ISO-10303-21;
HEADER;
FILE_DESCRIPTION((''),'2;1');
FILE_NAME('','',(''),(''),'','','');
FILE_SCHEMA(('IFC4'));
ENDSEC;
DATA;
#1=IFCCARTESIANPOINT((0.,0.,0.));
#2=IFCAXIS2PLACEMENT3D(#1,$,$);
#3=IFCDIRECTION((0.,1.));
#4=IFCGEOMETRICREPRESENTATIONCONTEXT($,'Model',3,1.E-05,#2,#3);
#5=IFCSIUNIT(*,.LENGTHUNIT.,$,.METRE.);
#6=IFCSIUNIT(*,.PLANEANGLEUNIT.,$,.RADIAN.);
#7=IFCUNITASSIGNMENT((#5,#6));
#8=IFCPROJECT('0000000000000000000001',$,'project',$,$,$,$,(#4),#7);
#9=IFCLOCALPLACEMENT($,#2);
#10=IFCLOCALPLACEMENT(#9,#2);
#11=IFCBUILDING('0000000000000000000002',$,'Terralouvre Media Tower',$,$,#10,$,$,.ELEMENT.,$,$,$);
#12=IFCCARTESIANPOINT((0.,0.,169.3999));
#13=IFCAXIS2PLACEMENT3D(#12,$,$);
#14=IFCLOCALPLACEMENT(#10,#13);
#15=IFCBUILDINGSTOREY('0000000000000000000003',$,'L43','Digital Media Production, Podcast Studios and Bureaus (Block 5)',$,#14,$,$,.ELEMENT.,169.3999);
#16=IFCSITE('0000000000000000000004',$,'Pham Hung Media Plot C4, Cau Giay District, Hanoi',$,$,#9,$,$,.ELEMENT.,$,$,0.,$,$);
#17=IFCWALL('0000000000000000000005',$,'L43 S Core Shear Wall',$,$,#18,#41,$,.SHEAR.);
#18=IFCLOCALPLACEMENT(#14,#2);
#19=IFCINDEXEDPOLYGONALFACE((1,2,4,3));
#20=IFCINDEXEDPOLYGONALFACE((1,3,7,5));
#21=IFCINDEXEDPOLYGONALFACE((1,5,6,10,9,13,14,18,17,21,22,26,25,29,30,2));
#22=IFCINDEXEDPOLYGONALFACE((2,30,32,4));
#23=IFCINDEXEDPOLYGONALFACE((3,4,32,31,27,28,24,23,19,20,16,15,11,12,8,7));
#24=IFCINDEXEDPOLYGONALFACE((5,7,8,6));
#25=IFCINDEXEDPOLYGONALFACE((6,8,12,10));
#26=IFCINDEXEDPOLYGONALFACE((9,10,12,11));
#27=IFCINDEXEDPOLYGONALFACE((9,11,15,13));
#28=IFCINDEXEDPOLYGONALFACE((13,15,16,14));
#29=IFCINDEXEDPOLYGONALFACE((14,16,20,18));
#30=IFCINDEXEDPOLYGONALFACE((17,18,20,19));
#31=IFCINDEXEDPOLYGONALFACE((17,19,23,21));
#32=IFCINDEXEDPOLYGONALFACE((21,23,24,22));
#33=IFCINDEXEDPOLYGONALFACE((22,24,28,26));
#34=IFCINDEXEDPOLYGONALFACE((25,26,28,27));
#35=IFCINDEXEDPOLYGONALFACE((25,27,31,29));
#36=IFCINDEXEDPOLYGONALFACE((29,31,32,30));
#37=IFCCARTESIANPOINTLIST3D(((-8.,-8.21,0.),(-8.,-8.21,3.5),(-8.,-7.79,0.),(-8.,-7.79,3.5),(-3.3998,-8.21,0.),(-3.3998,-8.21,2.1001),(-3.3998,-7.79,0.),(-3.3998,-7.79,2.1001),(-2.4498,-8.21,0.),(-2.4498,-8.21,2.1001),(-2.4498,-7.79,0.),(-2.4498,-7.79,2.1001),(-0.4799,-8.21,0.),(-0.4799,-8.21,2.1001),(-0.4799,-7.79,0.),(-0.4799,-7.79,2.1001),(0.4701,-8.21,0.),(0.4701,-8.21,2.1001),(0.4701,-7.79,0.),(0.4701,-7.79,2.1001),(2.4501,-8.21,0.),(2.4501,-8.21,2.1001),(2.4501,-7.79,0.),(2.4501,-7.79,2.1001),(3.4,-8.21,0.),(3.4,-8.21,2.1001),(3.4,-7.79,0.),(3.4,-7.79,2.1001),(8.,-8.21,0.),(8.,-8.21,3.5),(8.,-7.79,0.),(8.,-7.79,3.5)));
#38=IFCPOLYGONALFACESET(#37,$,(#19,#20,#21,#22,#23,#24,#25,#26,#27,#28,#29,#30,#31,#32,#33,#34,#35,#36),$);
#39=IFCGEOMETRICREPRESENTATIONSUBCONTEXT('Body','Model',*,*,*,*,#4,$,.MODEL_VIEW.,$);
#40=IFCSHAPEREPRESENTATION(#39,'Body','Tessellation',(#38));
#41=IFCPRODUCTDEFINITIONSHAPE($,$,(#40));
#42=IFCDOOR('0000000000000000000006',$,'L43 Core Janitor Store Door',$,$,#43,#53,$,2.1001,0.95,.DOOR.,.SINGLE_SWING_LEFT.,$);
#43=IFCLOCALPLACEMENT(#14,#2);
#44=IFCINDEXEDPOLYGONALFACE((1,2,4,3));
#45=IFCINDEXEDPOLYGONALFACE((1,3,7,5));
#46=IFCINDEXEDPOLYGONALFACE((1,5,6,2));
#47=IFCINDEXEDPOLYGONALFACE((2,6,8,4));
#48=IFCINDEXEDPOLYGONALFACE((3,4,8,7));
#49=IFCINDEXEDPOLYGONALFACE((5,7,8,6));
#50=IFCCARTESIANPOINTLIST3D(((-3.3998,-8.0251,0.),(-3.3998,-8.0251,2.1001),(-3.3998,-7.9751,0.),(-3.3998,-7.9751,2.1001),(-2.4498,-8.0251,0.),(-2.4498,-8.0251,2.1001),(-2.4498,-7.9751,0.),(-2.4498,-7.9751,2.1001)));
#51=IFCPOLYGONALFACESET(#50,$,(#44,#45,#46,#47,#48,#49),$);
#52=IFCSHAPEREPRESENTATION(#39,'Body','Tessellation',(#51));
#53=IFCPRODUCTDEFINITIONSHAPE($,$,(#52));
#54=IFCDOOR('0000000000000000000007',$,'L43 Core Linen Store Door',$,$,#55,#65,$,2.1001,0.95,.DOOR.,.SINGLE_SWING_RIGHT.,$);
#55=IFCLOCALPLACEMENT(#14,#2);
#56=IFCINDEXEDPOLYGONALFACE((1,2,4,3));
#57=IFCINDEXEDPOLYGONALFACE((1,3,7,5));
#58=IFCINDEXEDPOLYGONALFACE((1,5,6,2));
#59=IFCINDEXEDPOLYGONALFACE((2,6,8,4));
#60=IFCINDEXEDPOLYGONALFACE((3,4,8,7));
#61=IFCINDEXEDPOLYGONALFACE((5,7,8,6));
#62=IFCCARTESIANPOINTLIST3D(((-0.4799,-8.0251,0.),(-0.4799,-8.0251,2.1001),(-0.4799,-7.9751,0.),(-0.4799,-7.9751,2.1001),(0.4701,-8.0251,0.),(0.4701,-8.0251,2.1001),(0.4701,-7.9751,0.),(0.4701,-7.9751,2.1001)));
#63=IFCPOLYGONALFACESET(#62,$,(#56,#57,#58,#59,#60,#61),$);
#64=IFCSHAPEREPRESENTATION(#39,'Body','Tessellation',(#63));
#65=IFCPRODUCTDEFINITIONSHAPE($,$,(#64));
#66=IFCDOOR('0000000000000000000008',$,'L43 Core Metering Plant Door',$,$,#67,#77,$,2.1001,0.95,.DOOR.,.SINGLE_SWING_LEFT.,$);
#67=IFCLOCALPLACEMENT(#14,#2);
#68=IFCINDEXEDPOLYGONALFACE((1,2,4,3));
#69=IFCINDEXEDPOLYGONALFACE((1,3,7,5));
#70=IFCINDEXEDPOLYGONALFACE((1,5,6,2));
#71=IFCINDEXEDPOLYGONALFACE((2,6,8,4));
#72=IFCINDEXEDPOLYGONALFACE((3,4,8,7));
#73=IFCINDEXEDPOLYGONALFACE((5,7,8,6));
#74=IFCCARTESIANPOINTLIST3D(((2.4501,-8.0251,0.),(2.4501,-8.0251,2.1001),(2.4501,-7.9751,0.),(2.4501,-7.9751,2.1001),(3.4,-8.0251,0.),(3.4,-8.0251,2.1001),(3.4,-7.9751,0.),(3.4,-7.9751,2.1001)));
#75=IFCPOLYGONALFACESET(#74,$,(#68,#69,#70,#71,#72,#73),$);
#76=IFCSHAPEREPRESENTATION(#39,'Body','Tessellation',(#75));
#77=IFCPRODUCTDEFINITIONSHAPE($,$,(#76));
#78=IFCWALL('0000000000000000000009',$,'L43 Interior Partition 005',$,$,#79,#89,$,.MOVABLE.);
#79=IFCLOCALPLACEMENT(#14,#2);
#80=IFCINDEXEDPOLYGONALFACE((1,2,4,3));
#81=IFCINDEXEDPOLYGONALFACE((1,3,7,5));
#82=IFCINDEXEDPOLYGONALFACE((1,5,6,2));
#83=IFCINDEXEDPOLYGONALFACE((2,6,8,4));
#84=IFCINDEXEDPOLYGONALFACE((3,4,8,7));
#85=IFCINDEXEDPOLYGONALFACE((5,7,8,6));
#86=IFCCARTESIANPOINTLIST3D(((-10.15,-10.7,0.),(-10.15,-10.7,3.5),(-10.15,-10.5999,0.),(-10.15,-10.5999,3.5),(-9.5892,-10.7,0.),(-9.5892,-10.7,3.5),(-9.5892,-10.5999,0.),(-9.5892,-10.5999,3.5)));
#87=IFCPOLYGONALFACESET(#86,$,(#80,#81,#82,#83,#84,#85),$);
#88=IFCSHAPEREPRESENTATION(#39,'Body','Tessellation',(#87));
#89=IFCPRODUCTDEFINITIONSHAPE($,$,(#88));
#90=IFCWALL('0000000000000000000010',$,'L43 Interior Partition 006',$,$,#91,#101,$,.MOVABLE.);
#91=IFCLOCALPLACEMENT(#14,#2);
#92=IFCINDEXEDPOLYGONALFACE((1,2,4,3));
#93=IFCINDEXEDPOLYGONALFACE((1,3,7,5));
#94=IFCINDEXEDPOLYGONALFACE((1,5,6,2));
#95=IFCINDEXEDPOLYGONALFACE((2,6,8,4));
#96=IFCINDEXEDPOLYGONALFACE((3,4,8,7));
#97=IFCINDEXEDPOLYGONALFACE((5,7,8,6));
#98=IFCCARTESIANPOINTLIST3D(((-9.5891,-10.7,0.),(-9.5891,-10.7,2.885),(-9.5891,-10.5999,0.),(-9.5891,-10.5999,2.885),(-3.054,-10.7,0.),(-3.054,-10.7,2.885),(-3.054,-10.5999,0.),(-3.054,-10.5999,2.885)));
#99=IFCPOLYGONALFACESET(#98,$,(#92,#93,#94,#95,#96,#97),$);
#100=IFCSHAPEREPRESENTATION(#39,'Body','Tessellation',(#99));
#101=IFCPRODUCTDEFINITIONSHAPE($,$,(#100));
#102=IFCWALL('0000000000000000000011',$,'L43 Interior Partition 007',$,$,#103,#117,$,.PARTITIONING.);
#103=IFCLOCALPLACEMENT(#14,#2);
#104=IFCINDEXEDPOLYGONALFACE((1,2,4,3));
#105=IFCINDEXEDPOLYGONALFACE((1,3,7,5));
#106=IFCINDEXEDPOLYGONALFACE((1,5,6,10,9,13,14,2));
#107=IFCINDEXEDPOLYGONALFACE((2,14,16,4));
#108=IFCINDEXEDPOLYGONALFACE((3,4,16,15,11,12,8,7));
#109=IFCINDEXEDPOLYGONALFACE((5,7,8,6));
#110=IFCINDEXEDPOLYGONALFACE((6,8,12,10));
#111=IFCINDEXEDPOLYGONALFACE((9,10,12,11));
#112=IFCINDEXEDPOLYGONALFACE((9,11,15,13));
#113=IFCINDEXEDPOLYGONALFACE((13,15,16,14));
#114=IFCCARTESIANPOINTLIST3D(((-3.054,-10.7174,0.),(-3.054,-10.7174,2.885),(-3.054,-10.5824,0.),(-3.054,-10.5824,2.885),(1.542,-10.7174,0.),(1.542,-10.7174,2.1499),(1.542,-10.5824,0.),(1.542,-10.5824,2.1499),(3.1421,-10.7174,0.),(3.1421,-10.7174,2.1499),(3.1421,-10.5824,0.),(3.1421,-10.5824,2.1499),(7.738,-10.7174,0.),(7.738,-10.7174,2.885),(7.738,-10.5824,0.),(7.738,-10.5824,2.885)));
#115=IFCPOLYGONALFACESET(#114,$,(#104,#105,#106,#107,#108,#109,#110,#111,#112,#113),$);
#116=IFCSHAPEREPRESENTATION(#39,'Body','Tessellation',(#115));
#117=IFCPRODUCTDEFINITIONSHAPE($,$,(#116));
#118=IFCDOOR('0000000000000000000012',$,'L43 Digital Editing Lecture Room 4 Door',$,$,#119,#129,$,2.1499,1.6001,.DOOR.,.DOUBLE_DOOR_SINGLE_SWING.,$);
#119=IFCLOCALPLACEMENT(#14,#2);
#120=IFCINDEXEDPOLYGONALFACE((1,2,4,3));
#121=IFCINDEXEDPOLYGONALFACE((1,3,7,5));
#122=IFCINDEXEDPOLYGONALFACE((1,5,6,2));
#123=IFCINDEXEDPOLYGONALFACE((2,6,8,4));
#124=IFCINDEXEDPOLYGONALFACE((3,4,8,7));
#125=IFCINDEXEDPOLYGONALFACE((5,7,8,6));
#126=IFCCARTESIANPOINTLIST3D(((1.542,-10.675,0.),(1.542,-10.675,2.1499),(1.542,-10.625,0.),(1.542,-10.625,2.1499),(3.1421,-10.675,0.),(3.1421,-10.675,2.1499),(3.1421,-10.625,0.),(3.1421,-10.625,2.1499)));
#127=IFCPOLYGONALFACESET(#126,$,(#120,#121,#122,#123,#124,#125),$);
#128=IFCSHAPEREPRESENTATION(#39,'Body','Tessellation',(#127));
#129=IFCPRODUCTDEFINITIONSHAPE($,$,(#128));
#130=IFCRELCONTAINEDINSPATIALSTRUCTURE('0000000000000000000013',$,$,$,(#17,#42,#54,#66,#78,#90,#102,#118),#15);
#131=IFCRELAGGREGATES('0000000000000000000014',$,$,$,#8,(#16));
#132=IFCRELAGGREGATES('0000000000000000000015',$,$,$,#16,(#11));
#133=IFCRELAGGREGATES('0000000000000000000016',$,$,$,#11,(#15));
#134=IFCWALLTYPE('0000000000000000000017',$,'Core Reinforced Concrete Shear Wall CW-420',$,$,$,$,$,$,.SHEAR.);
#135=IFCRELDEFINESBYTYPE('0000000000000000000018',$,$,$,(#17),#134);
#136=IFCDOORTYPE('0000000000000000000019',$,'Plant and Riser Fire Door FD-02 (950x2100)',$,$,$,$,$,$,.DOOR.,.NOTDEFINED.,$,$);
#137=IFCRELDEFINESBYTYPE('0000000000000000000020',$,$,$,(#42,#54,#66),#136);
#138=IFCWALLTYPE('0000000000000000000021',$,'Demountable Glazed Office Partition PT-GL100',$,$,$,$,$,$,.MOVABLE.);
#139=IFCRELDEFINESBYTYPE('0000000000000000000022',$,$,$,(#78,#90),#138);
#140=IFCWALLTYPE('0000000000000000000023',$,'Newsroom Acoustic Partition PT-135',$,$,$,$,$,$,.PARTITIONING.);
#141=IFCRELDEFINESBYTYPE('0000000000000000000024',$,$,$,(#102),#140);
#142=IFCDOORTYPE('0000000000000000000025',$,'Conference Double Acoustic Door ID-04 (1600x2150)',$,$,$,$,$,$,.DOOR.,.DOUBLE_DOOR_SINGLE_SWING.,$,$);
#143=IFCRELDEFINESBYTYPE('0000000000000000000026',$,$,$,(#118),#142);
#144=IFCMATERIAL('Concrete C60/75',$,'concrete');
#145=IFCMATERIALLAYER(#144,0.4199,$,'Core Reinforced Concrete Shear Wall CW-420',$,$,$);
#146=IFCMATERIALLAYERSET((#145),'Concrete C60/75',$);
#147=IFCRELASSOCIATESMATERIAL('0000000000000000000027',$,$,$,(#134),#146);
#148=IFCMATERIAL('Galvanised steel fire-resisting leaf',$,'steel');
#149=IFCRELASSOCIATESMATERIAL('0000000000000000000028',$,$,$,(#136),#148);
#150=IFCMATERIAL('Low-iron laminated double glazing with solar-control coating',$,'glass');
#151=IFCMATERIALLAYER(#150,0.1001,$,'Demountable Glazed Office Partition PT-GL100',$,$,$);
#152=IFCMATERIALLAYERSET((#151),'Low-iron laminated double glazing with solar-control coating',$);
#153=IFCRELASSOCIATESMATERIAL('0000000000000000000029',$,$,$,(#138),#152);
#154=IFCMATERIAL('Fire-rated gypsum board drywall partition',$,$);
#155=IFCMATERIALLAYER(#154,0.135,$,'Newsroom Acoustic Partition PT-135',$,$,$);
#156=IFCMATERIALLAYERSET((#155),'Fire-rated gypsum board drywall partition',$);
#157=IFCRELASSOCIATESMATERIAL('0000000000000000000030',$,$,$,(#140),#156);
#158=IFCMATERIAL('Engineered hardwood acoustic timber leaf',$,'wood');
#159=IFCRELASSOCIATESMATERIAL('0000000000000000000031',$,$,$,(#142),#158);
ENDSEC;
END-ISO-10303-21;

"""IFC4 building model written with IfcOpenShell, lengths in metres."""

from ifc_helpers import new_model, si_unit, direction, frame, frame_2d, origin, place, context, subcontext, project, spatial, rectangle, extrude, material, layer, layer_set, type_object, element, fill, save


model = new_model("IFC4")

# Units and contexts
model_context = context("Model", 3, precision=1e-05, world=origin(), true_north=direction((0.0, 1.0)))
body_context = subcontext(model_context, "Body", "Model", "MODEL_VIEW")
ifc_project = project(units=[si_unit("LENGTHUNIT", "METRE"), si_unit("PLANEANGLEUNIT", "RADIAN")], contexts=[model_context])

# Site, building, storey
site_placement = place(None, origin())
site = spatial("IfcSite", under=ifc_project, at=site_placement, Name="Pham Hung Media Plot C4, Cau Giay District, Hanoi", CompositionType="ELEMENT", RefElevation=0.0)
building_placement = place(site_placement, origin())
building = spatial("IfcBuilding", under=site, at=building_placement, Name="Terralouvre Media Tower", CompositionType="ELEMENT")
storey_placement = place(building_placement, frame((0.0, 0.0, 169.3999)))
storey = spatial("IfcBuildingStorey", under=building, at=storey_placement, Name="L43", Description="Digital Media Production, Podcast Studios and Bureaus (Block 5)", CompositionType="ELEMENT", Elevation=169.3999)

# Wall, openings, doors
ifc_material_1 = material(Name="Concrete C60/75", Category="concrete")
ifc_layer_1 = layer(ifc_material_1, 0.4199, Name="Core Reinforced Concrete Shear Wall CW-420")
ifc_layer_set_1 = layer_set([ifc_layer_1], Name="Concrete C60/75")
wall_type_1 = type_object("IfcWallType", Name="Core Reinforced Concrete Shear Wall CW-420", PredefinedType="SHEAR", material=ifc_layer_set_1)
wall_1_placement = place(storey_placement, frame((-8.0, -8.0, 0.0), z_axis=(0.0, 0.0, 1.0), x_axis=(1.0, 0.0, 0.0)))
wall_1 = element("IfcWall", 1, at=wall_1_placement, inside=storey, type_object=wall_type_1, Name="L43 S Core Shear Wall", PredefinedType="SHEAR", context=body_context, shape_type="SweptSolid", body=[
    extrude(rectangle(XDim=16.0, YDim=0.4199, at=frame_2d((8.0, 0.0))), origin(), (0.0, 0.0, 1.0), 3.5),
])
opening_1_placement = place(wall_1_placement, frame((4.6001, 0.0, 0.0)))
opening_1 = element("IfcOpeningElement", 2, at=opening_1_placement, cuts=wall_1, PredefinedType="OPENING", context=body_context, shape_type="SweptSolid", body=[
    extrude(rectangle(XDim=0.95, YDim=2.1001, at=frame_2d((0.4751, 1.05))), frame((0.0, 0.22, 0.0), z_axis=(0.0, -1.0, 0.0), x_axis=(1.0, 0.0, 0.0)), (0.0, 0.0, 1.0), 0.4399),
])
opening_2_placement = place(wall_1_placement, frame((7.52, 0.0, 0.0)))
opening_2 = element("IfcOpeningElement", 3, at=opening_2_placement, cuts=wall_1, PredefinedType="OPENING", context=body_context, shape_type="SweptSolid", body=[
    extrude(rectangle(XDim=0.95, YDim=2.1001, at=frame_2d((0.4751, 1.05))), frame((0.0, 0.22, 0.0), z_axis=(0.0, -1.0, 0.0), x_axis=(1.0, 0.0, 0.0)), (0.0, 0.0, 1.0), 0.4399),
])
opening_3_placement = place(wall_1_placement, frame((10.45, 0.0, 0.0)))
opening_3 = element("IfcOpeningElement", 4, at=opening_3_placement, cuts=wall_1, PredefinedType="OPENING", context=body_context, shape_type="SweptSolid", body=[
    extrude(rectangle(XDim=0.95, YDim=2.1001, at=frame_2d((0.4751, 1.05))), frame((0.0, 0.22, 0.0), z_axis=(0.0, -1.0, 0.0), x_axis=(1.0, 0.0, 0.0)), (0.0, 0.0, 1.0), 0.4399),
])
ifc_material_2 = material(Name="Galvanised steel fire-resisting leaf", Category="steel")
door_type_1 = type_object("IfcDoorType", Name="Plant and Riser Fire Door FD-02 (950x2100)", OperationType="NOTDEFINED", PredefinedType="DOOR", material=ifc_material_2)
door_1_placement = place(opening_1_placement, origin())
door_1 = element("IfcDoor", 5, at=door_1_placement, inside=storey, type_object=door_type_1, Name="L43 Core Janitor Store Door", OperationType="SINGLE_SWING_LEFT", OverallHeight=2.1001, OverallWidth=0.95, PredefinedType="DOOR", context=body_context, shape_type="SweptSolid", body=[
    extrude(rectangle(XDim=0.95, YDim=2.1001, at=frame_2d((0.4751, 1.05))), frame((0.0, 0.0249, 0.0), z_axis=(0.0, -1.0, 0.0), x_axis=(1.0, 0.0, 0.0)), (0.0, 0.0, 1.0), 0.05),
])
fill(opening_1, door_1)
door_2_placement = place(opening_2_placement, origin())
door_2 = element("IfcDoor", 6, at=door_2_placement, inside=storey, type_object=door_type_1, Name="L43 Core Linen Store Door", OperationType="SINGLE_SWING_RIGHT", OverallHeight=2.1001, OverallWidth=0.95, PredefinedType="DOOR", context=body_context, shape_type="SweptSolid", body=[
    extrude(rectangle(XDim=0.95, YDim=2.1001, at=frame_2d((0.4751, 1.05))), frame((0.0, 0.0249, 0.0), z_axis=(0.0, -1.0, 0.0), x_axis=(1.0, 0.0, 0.0)), (0.0, 0.0, 1.0), 0.05),
])
fill(opening_2, door_2)
door_3_placement = place(opening_3_placement, origin())
door_3 = element("IfcDoor", 7, at=door_3_placement, inside=storey, type_object=door_type_1, Name="L43 Core Metering Plant Door", OperationType="SINGLE_SWING_LEFT", OverallHeight=2.1001, OverallWidth=0.95, PredefinedType="DOOR", context=body_context, shape_type="SweptSolid", body=[
    extrude(rectangle(XDim=0.95, YDim=2.1001, at=frame_2d((0.4751, 1.05))), frame((0.0, 0.0249, 0.0), z_axis=(0.0, -1.0, 0.0), x_axis=(1.0, 0.0, 0.0)), (0.0, 0.0, 1.0), 0.05),
])
fill(opening_3, door_3)

# Walls
ifc_material_3 = material(Name="Low-iron laminated double glazing with solar-control coating", Category="glass")
ifc_layer_2 = layer(ifc_material_3, 0.1001, Name="Demountable Glazed Office Partition PT-GL100")
ifc_layer_set_2 = layer_set([ifc_layer_2], Name="Low-iron laminated double glazing with solar-control coating")
wall_type_2 = type_object("IfcWallType", Name="Demountable Glazed Office Partition PT-GL100", PredefinedType="MOVABLE", material=ifc_layer_set_2)
wall_2_placement = place(storey_placement, frame((-10.1499, -10.6499, 0.0), z_axis=(0.0, 0.0, 1.0), x_axis=(1.0, 0.0, 0.0)))
element("IfcWall", 8, at=wall_2_placement, inside=storey, type_object=wall_type_2, Name="L43 Interior Partition 005", PredefinedType="MOVABLE", context=body_context, shape_type="SweptSolid", body=[
    extrude(rectangle(XDim=0.5608, YDim=0.1001, at=frame_2d((0.2803, 0.0))), origin(), (0.0, 0.0, 1.0), 3.5),
])
wall_3_placement = place(storey_placement, frame((-9.5891, -10.6499, 0.0), z_axis=(0.0, 0.0, 1.0), x_axis=(1.0, 0.0, 0.0)))
element("IfcWall", 9, at=wall_3_placement, inside=storey, type_object=wall_type_2, Name="L43 Interior Partition 006", PredefinedType="MOVABLE", context=body_context, shape_type="SweptSolid", body=[
    extrude(rectangle(XDim=6.5352, YDim=0.1001, at=frame_2d((3.2676, 0.0))), origin(), (0.0, 0.0, 1.0), 2.885),
])

# Wall, opening, door
ifc_material_4 = material(Name="Fire-rated gypsum board drywall partition")
ifc_layer_3 = layer(ifc_material_4, 0.135, Name="Newsroom Acoustic Partition PT-135")
ifc_layer_set_3 = layer_set([ifc_layer_3], Name="Fire-rated gypsum board drywall partition")
wall_type_3 = type_object("IfcWallType", Name="Newsroom Acoustic Partition PT-135", PredefinedType="PARTITIONING", material=ifc_layer_set_3)
wall_4_placement = place(storey_placement, frame((-3.054, -10.6499, 0.0), z_axis=(0.0, 0.0, 1.0), x_axis=(1.0, 0.0, 0.0)))
wall_4 = element("IfcWall", 10, at=wall_4_placement, inside=storey, type_object=wall_type_3, Name="L43 Interior Partition 007", PredefinedType="PARTITIONING", context=body_context, shape_type="SweptSolid", body=[
    extrude(rectangle(XDim=10.792, YDim=0.135, at=frame_2d((5.396, 0.0))), origin(), (0.0, 0.0, 1.0), 2.885),
])
opening_4_placement = place(wall_4_placement, frame((4.5959, 0.0, 0.0)))
opening_4 = element("IfcOpeningElement", 11, at=opening_4_placement, cuts=wall_4, PredefinedType="OPENING", context=body_context, shape_type="SweptSolid", body=[
    extrude(rectangle(XDim=1.6001, YDim=2.1499, at=frame_2d((0.8, 1.075))), frame((0.0, 0.0774, 0.0), z_axis=(0.0, -1.0, 0.0), x_axis=(1.0, 0.0, 0.0)), (0.0, 0.0, 1.0), 0.155),
])
ifc_material_5 = material(Name="Engineered hardwood acoustic timber leaf", Category="wood")
door_type_2 = type_object("IfcDoorType", Name="Conference Double Acoustic Door ID-04 (1600x2150)", OperationType="DOUBLE_DOOR_SINGLE_SWING", PredefinedType="DOOR", material=ifc_material_5)
door_4_placement = place(opening_4_placement, origin())
door_4 = element("IfcDoor", 12, at=door_4_placement, inside=storey, type_object=door_type_2, Name="L43 Digital Editing Lecture Room 4 Door", OperationType="DOUBLE_DOOR_SINGLE_SWING", OverallHeight=2.1499, OverallWidth=1.6001, PredefinedType="DOOR", context=body_context, shape_type="SweptSolid", body=[
    extrude(rectangle(XDim=1.6001, YDim=2.1499, at=frame_2d((0.8, 1.075))), frame((0.0, 0.0249, 0.0), z_axis=(0.0, -1.0, 0.0), x_axis=(1.0, 0.0, 0.0)), (0.0, 0.0, 1.0), 0.05),
])
fill(opening_4, door_4)

save(model, "model.ifc")
